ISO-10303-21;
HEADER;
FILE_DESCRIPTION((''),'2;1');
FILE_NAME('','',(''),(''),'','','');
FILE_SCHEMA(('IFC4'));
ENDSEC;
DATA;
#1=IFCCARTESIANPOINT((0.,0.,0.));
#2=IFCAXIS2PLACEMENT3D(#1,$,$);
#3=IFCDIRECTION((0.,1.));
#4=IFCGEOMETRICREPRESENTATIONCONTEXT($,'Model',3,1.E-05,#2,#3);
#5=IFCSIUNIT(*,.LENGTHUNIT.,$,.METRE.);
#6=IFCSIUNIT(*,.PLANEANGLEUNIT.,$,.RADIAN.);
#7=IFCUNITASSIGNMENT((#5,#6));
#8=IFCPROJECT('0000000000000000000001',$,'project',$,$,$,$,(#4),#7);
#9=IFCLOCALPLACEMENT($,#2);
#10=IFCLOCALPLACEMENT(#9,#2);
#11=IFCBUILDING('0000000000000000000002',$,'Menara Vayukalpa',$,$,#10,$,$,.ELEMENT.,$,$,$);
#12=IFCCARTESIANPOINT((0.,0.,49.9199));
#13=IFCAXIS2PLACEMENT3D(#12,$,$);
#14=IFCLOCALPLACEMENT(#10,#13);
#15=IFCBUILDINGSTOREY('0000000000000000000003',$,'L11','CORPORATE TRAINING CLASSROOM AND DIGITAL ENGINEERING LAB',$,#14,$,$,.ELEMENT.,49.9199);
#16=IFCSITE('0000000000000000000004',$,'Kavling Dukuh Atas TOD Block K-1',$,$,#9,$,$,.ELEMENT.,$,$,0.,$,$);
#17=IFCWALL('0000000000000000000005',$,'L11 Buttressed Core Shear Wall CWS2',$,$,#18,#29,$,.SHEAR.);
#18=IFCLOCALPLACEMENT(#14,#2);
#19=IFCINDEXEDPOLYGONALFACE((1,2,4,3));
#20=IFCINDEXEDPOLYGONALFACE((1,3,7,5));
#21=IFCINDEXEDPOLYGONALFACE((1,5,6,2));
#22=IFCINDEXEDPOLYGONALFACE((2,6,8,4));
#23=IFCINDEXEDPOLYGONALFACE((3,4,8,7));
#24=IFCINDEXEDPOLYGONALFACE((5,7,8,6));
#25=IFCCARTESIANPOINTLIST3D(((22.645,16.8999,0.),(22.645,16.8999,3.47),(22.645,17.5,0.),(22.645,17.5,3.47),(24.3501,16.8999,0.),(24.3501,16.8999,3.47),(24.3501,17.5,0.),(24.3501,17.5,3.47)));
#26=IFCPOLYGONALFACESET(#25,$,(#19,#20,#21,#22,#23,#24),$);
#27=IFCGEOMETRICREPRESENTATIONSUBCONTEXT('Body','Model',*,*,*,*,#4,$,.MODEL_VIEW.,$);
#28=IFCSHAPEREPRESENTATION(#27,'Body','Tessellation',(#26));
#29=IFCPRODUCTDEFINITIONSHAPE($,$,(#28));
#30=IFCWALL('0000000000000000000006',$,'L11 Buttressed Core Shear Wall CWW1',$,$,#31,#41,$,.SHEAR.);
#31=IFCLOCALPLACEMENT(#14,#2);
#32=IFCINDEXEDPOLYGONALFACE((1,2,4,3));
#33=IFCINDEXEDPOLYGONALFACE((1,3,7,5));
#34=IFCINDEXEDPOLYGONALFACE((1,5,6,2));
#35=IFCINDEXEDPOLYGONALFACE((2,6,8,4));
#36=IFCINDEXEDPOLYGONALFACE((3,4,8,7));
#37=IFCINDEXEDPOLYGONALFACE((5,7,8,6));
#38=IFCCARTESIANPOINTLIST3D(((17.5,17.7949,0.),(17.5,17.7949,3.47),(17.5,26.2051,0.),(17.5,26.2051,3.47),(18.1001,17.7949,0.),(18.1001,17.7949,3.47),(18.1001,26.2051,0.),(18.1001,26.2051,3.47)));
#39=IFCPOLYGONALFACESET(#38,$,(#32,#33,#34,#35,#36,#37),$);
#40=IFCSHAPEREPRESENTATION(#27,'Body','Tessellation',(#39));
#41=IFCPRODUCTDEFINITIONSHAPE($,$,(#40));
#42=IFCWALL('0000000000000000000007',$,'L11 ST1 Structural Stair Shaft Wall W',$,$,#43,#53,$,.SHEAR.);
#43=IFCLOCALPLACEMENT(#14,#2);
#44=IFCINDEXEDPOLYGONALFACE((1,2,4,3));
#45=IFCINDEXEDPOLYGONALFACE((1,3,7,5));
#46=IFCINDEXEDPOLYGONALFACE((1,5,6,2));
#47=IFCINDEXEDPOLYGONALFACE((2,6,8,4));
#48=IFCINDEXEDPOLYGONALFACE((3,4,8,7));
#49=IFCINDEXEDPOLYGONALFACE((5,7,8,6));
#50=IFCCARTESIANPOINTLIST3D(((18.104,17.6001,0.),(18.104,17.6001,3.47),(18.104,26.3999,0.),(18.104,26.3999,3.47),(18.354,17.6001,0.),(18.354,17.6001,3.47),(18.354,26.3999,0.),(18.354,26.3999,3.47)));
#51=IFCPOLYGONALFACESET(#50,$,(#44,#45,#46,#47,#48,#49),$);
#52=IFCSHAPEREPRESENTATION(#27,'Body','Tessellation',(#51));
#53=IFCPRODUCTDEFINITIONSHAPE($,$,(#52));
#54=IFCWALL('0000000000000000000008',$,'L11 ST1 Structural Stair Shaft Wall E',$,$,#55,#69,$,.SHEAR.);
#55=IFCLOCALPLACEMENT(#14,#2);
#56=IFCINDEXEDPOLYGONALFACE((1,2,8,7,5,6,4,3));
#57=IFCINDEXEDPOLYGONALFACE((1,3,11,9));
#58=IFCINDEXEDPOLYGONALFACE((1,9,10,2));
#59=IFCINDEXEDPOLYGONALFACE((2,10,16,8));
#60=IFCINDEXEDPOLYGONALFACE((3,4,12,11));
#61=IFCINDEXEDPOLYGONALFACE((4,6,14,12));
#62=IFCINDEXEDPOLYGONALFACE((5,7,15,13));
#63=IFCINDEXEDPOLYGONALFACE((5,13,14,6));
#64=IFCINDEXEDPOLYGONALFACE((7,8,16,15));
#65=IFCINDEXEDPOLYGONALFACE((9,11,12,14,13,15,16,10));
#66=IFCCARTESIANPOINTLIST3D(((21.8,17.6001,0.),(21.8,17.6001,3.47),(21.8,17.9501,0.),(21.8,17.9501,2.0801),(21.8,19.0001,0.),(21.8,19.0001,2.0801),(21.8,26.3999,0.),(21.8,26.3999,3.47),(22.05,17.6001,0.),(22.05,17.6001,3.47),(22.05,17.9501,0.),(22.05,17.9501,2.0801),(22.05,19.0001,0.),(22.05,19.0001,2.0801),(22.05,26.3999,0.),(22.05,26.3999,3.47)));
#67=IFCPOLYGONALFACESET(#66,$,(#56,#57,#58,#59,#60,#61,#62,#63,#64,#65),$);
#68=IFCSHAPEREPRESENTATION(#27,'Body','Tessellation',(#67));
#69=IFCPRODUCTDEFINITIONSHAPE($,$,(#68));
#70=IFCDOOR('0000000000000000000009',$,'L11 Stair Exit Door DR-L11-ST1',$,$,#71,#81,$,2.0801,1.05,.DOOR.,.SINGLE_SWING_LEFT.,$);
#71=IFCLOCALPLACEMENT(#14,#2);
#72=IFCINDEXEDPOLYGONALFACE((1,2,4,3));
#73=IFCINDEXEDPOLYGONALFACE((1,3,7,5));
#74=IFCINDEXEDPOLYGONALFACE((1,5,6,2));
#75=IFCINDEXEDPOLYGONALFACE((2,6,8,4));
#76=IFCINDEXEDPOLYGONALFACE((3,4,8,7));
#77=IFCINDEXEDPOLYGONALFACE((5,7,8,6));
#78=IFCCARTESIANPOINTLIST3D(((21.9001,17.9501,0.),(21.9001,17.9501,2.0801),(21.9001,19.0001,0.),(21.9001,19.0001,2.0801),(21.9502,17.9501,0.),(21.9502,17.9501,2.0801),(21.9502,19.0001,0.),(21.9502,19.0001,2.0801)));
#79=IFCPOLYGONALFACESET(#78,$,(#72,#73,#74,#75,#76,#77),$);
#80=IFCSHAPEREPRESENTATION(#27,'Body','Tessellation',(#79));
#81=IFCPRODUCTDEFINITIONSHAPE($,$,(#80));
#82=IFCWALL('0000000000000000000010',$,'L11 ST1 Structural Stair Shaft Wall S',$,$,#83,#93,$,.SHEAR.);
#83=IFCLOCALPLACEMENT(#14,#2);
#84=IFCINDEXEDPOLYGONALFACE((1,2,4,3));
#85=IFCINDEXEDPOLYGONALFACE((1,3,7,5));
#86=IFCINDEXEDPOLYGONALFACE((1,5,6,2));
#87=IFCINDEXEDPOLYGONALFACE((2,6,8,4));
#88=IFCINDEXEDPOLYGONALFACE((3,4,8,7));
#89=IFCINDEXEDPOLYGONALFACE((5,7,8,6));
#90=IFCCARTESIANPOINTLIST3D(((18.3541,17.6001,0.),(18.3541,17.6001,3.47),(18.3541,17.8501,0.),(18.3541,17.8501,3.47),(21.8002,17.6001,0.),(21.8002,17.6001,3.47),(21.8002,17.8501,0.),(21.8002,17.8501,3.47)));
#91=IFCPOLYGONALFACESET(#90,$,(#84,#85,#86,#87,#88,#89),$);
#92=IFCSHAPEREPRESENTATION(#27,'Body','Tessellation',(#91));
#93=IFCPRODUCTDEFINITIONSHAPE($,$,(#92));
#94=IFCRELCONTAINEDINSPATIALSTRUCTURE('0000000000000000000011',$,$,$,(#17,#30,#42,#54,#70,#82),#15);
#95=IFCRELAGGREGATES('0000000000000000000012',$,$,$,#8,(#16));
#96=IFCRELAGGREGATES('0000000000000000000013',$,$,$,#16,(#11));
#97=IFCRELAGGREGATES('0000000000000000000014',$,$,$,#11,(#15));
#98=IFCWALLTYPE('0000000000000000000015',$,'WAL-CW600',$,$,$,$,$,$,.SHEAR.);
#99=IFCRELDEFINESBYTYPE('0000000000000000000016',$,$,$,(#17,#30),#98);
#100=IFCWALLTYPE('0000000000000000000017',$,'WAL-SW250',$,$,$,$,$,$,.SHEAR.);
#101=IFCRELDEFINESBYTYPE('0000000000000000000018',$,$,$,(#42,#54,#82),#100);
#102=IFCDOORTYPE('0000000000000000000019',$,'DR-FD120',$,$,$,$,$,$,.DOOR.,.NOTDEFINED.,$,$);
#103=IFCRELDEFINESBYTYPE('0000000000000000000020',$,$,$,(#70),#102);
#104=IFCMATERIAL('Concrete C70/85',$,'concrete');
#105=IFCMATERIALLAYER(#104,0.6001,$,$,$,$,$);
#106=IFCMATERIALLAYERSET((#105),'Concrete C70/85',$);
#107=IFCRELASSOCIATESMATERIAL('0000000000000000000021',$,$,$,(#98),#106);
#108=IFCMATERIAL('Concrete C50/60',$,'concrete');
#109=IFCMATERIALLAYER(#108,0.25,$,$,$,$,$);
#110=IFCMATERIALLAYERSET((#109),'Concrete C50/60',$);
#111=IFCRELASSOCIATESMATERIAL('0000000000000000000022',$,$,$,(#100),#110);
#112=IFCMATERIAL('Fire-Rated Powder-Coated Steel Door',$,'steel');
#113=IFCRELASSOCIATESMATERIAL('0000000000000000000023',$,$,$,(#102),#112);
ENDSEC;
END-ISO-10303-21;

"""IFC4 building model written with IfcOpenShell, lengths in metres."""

from ifc_helpers import new_model, si_unit, direction, frame, frame_2d, origin, place, context, subcontext, project, spatial, rectangle, extrude, material, layer, layer_set, type_object, element, fill, save


model = new_model("IFC4")

# Units and contexts
model_context = context("Model", 3, precision=1e-05, world=origin(), true_north=direction((0.0, 1.0)))
body_context = subcontext(model_context, "Body", "Model", "MODEL_VIEW")
ifc_project = project(units=[si_unit("LENGTHUNIT", "METRE"), si_unit("PLANEANGLEUNIT", "RADIAN")], contexts=[model_context])

# Site, building, storey
site_placement = place(None, origin())
site = spatial("IfcSite", under=ifc_project, at=site_placement, Name="Kavling Dukuh Atas TOD Block K-1", CompositionType="ELEMENT", RefElevation=0.0)
building_placement = place(site_placement, origin())
building = spatial("IfcBuilding", under=site, at=building_placement, Name="Menara Vayukalpa", CompositionType="ELEMENT")
storey_placement = place(building_placement, frame((0.0, 0.0, 49.9199)))
storey = spatial("IfcBuildingStorey", under=building, at=storey_placement, Name="L11", Description="CORPORATE TRAINING CLASSROOM AND DIGITAL ENGINEERING LAB", CompositionType="ELEMENT", Elevation=49.9199)

# Walls
ifc_material_1 = material(Name="Concrete C70/85", Category="concrete")
ifc_layer_1 = layer(ifc_material_1, 0.6001)
ifc_layer_set_1 = layer_set([ifc_layer_1], Name="Concrete C70/85")
wall_type_1 = type_object("IfcWallType", Name="WAL-CW600", PredefinedType="SHEAR", material=ifc_layer_set_1)
wall_1_placement = place(storey_placement, frame((22.645, 17.2, 0.0), z_axis=(0.0, 0.0, 1.0), x_axis=(1.0, 0.0, 0.0)))
element("IfcWall", 1, at=wall_1_placement, inside=storey, type_object=wall_type_1, Name="L11 Buttressed Core Shear Wall CWS2", PredefinedType="SHEAR", context=body_context, shape_type="SweptSolid", body=[
    extrude(rectangle(XDim=1.7051, YDim=0.6001, at=frame_2d((0.8525, 0.0))), origin(), (0.0, 0.0, 1.0), 3.47),
])
wall_2_placement = place(storey_placement, frame((17.8, 17.7949, 0.0), z_axis=(0.0, 0.0, 1.0), x_axis=(0.0, 1.0, 0.0)))
element("IfcWall", 2, at=wall_2_placement, inside=storey, type_object=wall_type_1, Name="L11 Buttressed Core Shear Wall CWW1", PredefinedType="SHEAR", context=body_context, shape_type="SweptSolid", body=[
    extrude(rectangle(XDim=8.4102, YDim=0.6001, at=frame_2d((4.2051, 0.0))), origin(), (0.0, 0.0, 1.0), 3.47),
])
ifc_material_2 = material(Name="Concrete C50/60", Category="concrete")
ifc_layer_2 = layer(ifc_material_2, 0.25)
ifc_layer_set_2 = layer_set([ifc_layer_2], Name="Concrete C50/60")
wall_type_2 = type_object("IfcWallType", Name="WAL-SW250", PredefinedType="SHEAR", material=ifc_layer_set_2)
wall_3_placement = place(storey_placement, frame((18.229, 17.6001, 0.0), z_axis=(0.0, 0.0, 1.0), x_axis=(0.0, 1.0, 0.0)))
element("IfcWall", 3, at=wall_3_placement, inside=storey, type_object=wall_type_2, Name="L11 ST1 Structural Stair Shaft Wall W", PredefinedType="SHEAR", context=body_context, shape_type="SweptSolid", body=[
    extrude(rectangle(XDim=8.7998, YDim=0.25, at=frame_2d((4.3999, 0.0))), origin(), (0.0, 0.0, 1.0), 3.47),
])

# Wall, opening, door
wall_4_placement = place(storey_placement, frame((21.925, 17.6001, 0.0), z_axis=(0.0, 0.0, 1.0), x_axis=(0.0, 1.0, 0.0)))
wall_4 = element("IfcWall", 4, at=wall_4_placement, inside=storey, type_object=wall_type_2, Name="L11 ST1 Structural Stair Shaft Wall E", PredefinedType="SHEAR", context=body_context, shape_type="SweptSolid", body=[
    extrude(rectangle(XDim=8.7998, YDim=0.25, at=frame_2d((4.3999, 0.0))), origin(), (0.0, 0.0, 1.0), 3.47),
])
opening_placement = place(wall_4_placement, frame((0.3501, 0.0, 0.0)))
opening = element("IfcOpeningElement", 5, at=opening_placement, cuts=wall_4, PredefinedType="OPENING", context=body_context, shape_type="SweptSolid", body=[
    extrude(rectangle(XDim=1.05, YDim=2.0801, at=frame_2d((0.5249, 1.04))), frame((0.0, 0.135, 0.0), z_axis=(0.0, -1.0, 0.0), x_axis=(1.0, 0.0, 0.0)), (0.0, 0.0, 1.0), 0.27),
])
ifc_material_3 = material(Name="Fire-Rated Powder-Coated Steel Door", Category="steel")
door_type = type_object("IfcDoorType", Name="DR-FD120", OperationType="NOTDEFINED", PredefinedType="DOOR", material=ifc_material_3)
door_placement = place(opening_placement, origin())
door = element("IfcDoor", 6, at=door_placement, inside=storey, type_object=door_type, Name="L11 Stair Exit Door DR-L11-ST1", OperationType="SINGLE_SWING_LEFT", OverallHeight=2.0801, OverallWidth=1.05, PredefinedType="DOOR", context=body_context, shape_type="SweptSolid", body=[
    extrude(rectangle(XDim=1.05, YDim=2.0801, at=frame_2d((0.5249, 1.04))), frame((0.0, 0.0249, 0.0), z_axis=(0.0, -1.0, 0.0), x_axis=(1.0, 0.0, 0.0)), (0.0, 0.0, 1.0), 0.05),
])
fill(opening, door)

# Wall
wall_5_placement = place(storey_placement, frame((18.354, 17.7251, 0.0), z_axis=(0.0, 0.0, 1.0), x_axis=(1.0, 0.0, 0.0)))
element("IfcWall", 7, at=wall_5_placement, inside=storey, type_object=wall_type_2, Name="L11 ST1 Structural Stair Shaft Wall S", PredefinedType="SHEAR", context=body_context, shape_type="SweptSolid", body=[
    extrude(rectangle(XDim=3.446, YDim=0.25, at=frame_2d((1.7231, 0.0))), origin(), (0.0, 0.0, 1.0), 3.47),
])

save(model, "model.ifc")
